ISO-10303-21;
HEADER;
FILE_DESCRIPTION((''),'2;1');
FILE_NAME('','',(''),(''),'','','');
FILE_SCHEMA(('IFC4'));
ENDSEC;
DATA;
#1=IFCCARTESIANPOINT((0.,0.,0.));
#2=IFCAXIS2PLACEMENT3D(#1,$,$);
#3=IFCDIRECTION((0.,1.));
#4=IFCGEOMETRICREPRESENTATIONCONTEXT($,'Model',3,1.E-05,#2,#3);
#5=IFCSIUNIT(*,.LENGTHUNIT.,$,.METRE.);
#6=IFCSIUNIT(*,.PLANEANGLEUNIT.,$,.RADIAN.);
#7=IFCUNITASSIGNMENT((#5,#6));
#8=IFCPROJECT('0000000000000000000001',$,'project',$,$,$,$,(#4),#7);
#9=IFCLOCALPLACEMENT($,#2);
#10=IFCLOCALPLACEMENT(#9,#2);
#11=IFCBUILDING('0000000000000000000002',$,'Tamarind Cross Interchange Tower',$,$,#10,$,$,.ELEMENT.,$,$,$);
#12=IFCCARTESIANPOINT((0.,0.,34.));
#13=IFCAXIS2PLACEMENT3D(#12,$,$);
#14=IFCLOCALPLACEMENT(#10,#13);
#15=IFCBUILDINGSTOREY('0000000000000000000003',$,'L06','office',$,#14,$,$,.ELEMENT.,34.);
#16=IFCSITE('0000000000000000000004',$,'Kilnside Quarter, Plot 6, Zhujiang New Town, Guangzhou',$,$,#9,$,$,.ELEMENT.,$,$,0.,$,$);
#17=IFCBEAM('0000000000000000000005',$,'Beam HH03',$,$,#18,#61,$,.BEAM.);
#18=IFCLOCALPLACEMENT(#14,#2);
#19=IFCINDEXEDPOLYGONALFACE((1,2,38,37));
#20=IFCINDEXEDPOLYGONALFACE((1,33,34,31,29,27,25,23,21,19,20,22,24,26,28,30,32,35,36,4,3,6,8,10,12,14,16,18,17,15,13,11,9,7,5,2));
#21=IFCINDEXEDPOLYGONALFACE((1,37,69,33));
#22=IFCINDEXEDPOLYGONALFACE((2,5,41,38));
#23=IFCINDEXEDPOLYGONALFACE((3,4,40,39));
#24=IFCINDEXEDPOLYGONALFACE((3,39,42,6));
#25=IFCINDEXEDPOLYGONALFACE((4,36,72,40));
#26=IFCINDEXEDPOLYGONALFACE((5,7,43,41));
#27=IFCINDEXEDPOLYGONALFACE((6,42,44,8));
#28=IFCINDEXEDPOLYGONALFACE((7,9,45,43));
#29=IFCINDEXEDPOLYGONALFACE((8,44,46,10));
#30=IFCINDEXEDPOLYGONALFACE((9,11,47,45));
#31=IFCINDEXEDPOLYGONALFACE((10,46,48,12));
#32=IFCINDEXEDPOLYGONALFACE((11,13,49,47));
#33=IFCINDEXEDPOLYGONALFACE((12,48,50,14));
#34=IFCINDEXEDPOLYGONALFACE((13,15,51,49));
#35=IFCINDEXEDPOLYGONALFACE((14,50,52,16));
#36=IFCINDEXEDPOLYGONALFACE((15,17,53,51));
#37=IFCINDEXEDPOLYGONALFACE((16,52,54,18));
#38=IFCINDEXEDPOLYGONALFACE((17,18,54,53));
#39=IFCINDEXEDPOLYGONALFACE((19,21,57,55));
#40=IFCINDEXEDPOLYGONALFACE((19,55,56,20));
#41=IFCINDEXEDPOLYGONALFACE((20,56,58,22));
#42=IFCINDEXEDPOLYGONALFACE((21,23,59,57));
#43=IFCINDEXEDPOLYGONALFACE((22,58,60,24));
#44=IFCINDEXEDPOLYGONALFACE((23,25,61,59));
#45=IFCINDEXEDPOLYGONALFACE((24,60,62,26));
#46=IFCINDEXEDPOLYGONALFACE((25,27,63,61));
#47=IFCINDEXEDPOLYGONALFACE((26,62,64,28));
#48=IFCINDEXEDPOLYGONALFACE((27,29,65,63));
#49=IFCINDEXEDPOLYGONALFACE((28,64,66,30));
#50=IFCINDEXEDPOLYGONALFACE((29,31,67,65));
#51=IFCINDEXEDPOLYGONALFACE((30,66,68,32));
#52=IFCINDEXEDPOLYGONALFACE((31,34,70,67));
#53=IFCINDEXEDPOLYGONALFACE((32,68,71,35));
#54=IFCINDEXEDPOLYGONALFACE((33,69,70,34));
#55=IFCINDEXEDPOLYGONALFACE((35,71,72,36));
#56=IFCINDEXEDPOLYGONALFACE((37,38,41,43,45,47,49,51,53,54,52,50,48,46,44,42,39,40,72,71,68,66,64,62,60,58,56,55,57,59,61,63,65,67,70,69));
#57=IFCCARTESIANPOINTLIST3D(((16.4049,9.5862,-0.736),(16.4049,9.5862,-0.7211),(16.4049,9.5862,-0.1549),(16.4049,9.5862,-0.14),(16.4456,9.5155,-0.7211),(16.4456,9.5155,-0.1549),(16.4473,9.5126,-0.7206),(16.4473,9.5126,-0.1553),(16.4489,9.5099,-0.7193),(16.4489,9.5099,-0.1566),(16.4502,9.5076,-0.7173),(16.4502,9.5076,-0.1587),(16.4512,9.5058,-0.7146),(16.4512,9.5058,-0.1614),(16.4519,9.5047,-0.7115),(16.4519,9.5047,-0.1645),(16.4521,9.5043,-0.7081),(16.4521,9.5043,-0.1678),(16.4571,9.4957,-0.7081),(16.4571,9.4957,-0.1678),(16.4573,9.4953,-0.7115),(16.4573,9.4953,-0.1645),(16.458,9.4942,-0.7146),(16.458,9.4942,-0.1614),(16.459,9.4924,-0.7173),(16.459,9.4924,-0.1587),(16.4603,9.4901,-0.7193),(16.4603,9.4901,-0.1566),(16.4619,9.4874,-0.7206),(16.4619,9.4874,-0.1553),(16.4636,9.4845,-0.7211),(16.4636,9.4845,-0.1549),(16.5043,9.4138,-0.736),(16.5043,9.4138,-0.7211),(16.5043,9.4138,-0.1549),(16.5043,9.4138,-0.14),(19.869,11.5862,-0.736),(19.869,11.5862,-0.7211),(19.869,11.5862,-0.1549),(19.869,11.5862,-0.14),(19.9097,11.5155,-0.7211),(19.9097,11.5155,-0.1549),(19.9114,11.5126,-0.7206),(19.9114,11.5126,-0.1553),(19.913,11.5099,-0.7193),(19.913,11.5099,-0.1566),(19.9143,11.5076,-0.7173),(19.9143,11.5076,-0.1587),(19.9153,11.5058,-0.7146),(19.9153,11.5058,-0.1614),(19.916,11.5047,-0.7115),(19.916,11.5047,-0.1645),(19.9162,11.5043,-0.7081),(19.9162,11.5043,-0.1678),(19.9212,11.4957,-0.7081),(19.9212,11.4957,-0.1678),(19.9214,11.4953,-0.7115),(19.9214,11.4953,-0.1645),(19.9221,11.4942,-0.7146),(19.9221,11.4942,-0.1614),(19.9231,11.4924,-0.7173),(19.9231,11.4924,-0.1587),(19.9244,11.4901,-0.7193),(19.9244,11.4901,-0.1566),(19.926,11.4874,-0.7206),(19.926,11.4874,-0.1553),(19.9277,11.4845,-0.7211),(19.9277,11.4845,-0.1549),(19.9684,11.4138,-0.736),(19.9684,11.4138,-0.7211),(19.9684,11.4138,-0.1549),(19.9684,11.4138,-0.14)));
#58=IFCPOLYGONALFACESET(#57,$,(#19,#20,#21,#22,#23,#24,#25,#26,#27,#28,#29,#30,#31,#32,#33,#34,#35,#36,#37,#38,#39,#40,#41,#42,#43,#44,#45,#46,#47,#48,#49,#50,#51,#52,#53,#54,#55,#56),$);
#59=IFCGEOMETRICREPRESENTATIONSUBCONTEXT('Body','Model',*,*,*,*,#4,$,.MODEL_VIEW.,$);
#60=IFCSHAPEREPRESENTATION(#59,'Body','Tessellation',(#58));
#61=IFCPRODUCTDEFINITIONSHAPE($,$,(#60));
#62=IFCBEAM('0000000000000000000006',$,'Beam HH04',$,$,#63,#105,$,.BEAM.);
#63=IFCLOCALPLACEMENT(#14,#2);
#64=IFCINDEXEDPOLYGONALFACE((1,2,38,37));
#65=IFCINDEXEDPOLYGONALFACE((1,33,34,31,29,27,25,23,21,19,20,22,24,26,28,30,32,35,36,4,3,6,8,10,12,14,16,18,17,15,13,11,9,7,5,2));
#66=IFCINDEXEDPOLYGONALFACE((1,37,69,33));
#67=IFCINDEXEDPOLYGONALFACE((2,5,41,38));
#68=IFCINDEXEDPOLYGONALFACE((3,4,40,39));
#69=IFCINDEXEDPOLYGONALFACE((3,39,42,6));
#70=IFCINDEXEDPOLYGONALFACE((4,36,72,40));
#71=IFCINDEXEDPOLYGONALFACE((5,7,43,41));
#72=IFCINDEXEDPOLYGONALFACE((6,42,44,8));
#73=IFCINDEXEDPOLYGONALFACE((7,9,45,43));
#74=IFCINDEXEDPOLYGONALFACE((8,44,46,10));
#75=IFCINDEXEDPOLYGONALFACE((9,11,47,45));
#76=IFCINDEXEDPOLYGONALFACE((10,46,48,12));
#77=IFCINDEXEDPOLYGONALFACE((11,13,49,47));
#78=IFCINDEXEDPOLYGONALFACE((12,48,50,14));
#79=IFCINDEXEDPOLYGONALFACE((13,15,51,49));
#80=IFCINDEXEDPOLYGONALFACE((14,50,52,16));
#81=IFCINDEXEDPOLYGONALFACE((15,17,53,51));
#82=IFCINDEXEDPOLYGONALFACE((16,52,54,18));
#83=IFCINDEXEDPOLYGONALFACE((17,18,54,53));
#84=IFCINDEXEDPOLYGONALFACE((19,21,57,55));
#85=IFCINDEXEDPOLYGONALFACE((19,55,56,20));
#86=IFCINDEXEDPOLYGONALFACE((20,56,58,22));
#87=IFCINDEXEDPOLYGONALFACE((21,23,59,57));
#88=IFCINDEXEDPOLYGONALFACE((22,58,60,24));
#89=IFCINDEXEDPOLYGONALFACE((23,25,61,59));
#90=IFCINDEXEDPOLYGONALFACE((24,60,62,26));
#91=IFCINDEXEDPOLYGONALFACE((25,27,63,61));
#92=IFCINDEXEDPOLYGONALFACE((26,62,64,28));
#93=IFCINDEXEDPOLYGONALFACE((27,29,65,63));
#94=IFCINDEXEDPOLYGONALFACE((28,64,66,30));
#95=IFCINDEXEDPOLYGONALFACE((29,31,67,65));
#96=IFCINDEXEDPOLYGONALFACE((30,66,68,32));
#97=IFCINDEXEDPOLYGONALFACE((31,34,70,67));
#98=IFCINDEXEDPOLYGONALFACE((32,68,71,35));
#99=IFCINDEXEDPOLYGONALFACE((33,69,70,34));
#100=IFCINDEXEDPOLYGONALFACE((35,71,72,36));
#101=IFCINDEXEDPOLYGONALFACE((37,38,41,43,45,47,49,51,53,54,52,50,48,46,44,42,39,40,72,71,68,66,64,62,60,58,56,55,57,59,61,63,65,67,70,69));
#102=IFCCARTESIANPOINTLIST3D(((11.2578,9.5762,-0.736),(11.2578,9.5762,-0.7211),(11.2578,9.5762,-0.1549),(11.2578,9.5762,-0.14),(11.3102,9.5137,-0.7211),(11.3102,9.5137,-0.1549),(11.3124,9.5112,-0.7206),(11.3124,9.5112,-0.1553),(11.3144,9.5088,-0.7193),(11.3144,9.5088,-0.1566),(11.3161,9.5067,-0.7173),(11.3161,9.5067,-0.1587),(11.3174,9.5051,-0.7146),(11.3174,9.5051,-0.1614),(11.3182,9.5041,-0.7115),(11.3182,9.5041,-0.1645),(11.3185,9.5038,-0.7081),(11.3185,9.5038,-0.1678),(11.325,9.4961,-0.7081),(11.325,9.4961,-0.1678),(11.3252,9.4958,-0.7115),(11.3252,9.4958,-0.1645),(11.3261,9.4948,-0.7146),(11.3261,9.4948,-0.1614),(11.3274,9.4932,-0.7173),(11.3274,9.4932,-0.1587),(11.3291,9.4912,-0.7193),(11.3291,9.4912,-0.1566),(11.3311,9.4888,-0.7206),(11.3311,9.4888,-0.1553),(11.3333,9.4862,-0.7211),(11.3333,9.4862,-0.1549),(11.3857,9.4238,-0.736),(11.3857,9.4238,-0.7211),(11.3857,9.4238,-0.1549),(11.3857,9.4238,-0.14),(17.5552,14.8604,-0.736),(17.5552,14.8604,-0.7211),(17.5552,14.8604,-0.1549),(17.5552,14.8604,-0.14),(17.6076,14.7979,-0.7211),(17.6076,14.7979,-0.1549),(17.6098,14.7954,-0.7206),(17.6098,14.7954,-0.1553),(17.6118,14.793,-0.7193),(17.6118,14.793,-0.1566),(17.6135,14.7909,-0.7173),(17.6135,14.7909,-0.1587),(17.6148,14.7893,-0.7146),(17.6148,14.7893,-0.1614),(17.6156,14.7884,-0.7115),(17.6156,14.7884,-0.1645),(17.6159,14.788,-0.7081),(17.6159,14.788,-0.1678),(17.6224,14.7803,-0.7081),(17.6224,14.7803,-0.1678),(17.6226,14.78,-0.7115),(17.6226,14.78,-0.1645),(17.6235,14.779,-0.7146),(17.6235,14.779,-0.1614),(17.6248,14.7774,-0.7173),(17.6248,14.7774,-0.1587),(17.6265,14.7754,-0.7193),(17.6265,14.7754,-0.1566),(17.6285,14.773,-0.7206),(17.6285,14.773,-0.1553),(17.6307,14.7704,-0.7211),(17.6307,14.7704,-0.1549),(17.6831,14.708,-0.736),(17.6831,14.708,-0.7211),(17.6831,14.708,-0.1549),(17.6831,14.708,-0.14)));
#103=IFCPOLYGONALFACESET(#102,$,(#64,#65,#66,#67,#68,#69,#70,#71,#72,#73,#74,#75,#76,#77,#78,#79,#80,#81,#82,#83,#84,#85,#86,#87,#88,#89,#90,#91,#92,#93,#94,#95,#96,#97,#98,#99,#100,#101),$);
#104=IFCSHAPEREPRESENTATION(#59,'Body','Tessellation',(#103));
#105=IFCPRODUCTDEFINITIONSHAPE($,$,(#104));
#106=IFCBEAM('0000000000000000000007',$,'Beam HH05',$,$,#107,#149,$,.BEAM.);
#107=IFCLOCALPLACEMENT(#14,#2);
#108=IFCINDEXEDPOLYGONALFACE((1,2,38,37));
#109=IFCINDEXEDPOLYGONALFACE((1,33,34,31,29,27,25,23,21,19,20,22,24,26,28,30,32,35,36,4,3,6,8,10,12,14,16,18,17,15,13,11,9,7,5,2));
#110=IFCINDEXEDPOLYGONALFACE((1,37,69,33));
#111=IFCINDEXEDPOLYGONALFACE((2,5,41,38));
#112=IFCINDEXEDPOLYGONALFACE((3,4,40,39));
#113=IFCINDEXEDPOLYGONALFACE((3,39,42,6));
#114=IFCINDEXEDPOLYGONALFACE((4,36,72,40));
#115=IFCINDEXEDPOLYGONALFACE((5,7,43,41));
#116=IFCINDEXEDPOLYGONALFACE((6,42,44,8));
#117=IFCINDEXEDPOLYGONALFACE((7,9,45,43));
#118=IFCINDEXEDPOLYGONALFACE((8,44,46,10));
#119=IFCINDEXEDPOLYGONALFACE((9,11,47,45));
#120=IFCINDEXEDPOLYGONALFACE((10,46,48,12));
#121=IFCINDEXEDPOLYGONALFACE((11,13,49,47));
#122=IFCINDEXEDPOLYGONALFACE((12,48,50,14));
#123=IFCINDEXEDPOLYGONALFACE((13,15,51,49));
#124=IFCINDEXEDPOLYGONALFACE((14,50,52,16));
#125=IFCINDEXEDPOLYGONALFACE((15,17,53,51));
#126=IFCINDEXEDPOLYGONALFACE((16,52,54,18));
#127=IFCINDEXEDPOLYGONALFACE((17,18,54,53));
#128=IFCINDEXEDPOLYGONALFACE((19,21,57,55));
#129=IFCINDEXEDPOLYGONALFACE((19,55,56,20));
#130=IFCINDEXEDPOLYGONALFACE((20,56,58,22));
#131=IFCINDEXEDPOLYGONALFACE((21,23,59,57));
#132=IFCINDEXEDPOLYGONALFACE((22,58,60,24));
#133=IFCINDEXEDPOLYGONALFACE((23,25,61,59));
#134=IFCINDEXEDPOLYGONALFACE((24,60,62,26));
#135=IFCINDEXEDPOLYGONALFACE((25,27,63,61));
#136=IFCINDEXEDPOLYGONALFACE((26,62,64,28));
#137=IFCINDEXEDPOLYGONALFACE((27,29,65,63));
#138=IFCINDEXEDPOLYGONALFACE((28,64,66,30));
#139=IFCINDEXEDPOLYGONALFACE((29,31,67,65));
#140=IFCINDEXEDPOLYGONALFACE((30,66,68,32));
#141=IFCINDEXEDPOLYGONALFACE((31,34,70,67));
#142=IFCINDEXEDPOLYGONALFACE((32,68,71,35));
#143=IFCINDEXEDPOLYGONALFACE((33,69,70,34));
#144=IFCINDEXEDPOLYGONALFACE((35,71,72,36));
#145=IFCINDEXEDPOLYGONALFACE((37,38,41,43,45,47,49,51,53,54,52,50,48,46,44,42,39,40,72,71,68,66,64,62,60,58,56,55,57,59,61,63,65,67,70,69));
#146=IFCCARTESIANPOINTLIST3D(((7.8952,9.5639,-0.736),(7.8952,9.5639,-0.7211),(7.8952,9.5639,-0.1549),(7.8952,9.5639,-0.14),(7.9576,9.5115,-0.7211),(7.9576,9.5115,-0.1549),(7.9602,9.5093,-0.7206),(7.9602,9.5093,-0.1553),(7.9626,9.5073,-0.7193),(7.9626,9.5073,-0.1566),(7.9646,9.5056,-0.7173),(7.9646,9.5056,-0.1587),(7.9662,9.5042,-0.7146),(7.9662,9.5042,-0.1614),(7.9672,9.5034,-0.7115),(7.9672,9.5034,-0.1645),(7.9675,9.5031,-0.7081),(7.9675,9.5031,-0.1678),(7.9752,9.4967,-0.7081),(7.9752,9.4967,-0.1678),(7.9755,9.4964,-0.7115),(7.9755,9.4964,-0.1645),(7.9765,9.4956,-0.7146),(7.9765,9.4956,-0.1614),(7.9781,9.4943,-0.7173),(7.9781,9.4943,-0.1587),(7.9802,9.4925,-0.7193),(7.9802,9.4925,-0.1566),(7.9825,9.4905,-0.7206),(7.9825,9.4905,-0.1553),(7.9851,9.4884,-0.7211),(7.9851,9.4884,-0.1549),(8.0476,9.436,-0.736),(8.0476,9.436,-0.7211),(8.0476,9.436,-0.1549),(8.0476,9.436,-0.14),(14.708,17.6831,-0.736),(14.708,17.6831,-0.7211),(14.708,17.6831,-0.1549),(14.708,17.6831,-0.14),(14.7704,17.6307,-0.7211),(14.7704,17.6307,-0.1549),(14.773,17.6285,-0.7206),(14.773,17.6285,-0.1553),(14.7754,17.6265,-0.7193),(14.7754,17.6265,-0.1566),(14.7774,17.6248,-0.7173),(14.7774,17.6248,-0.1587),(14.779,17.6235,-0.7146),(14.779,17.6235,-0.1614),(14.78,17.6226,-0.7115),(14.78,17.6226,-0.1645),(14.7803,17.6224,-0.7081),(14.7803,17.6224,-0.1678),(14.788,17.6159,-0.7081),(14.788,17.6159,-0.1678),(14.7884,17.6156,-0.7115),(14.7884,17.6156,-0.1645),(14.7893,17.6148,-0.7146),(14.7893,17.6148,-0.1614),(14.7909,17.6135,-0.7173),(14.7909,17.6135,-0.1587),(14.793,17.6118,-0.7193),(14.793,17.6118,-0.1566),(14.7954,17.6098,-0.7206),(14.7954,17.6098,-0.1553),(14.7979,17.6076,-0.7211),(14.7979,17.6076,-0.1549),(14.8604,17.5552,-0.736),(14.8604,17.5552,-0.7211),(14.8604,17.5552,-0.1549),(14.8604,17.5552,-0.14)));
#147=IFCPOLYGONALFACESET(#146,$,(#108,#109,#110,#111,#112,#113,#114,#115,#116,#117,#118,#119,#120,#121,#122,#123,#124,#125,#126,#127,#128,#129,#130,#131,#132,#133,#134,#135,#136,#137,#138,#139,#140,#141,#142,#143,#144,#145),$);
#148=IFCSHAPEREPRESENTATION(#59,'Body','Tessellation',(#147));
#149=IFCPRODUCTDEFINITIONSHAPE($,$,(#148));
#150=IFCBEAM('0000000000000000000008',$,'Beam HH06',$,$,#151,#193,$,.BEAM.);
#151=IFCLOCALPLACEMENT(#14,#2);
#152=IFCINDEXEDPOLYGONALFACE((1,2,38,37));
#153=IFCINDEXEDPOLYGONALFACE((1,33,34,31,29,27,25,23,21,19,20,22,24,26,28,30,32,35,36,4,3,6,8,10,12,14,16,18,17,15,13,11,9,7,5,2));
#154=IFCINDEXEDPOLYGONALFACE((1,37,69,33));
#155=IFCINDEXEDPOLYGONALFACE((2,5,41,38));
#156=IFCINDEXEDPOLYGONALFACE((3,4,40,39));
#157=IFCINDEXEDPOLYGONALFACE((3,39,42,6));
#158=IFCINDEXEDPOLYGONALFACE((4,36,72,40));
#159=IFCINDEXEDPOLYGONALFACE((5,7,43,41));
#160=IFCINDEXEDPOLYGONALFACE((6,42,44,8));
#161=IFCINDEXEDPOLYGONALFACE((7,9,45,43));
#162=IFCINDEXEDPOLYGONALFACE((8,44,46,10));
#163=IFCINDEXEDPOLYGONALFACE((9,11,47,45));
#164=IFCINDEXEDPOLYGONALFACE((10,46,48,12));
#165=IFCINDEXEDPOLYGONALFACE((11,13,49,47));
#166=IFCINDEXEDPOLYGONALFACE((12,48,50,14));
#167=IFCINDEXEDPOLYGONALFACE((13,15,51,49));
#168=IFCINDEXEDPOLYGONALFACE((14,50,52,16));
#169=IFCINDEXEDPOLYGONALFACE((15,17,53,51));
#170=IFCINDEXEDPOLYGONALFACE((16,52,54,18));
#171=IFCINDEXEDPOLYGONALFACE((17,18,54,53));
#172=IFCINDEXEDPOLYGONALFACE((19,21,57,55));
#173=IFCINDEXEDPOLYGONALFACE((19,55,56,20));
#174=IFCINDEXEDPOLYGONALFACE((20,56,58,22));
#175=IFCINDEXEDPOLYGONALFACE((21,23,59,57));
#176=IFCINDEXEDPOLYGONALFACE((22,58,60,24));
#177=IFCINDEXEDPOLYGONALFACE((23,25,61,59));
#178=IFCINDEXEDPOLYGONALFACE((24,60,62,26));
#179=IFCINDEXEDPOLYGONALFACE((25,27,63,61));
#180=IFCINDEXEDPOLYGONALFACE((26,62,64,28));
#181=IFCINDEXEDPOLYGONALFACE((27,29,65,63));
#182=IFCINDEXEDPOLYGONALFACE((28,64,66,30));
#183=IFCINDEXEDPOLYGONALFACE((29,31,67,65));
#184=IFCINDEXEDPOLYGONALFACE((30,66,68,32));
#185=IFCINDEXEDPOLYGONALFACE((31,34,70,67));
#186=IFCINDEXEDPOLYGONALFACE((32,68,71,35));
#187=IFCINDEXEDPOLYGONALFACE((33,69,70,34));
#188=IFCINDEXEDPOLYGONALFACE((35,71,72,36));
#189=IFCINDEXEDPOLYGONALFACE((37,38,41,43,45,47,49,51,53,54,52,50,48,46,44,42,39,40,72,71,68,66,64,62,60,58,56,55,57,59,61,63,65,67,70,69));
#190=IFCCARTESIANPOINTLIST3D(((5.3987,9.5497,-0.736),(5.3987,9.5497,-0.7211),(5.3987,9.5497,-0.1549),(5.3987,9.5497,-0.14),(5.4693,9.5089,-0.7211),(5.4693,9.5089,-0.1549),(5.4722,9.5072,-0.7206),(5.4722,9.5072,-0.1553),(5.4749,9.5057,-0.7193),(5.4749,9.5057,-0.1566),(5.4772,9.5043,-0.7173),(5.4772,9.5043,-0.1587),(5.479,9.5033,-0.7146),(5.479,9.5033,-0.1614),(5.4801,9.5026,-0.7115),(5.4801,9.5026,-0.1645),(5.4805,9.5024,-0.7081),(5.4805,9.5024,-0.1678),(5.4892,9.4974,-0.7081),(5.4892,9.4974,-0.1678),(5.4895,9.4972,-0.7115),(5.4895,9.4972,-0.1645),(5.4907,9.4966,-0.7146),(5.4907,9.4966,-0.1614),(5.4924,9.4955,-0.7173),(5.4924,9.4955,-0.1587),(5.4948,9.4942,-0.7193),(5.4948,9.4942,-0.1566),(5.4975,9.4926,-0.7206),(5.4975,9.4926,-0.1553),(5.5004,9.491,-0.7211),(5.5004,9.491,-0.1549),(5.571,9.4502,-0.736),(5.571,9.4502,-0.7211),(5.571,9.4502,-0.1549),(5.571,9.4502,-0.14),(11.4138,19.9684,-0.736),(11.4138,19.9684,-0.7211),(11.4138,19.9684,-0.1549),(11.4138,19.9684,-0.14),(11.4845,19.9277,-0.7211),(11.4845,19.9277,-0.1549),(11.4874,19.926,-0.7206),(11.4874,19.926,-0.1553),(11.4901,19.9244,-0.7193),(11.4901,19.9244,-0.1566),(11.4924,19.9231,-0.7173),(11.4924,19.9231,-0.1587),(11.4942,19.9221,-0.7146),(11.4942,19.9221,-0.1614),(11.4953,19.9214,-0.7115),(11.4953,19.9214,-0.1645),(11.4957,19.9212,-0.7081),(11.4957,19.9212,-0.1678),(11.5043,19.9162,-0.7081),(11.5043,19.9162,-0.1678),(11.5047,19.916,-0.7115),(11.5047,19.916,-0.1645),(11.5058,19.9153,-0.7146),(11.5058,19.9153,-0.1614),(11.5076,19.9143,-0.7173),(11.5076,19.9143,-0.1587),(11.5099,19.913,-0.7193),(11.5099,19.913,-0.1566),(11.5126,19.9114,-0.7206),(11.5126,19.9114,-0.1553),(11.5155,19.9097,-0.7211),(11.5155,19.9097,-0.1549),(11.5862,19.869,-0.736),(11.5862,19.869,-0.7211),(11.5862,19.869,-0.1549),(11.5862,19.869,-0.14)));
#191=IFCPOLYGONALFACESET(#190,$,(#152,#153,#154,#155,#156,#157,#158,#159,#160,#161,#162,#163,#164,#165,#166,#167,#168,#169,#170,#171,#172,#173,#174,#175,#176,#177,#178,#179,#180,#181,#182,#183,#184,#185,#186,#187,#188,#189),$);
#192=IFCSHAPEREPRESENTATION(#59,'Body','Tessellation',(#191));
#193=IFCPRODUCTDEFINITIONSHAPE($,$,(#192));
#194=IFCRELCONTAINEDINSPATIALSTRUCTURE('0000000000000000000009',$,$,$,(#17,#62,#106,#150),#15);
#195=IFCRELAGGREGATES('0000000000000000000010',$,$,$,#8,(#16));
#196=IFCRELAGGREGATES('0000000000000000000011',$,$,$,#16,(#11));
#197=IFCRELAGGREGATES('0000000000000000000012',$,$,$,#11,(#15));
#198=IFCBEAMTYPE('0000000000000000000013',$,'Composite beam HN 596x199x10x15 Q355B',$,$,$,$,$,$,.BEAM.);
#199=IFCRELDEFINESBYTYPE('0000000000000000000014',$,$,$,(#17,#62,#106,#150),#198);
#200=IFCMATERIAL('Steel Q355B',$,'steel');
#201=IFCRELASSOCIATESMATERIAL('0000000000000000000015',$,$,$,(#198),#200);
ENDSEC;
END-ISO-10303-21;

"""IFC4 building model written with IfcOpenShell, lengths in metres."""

from ifc_helpers import new_model, si_unit, direction, frame, origin, origin_2d, place, context, subcontext, project, spatial, i_section, extrude, material, material_profile, profile_set, type_object, element, save


model = new_model("IFC4")

# Units and contexts
model_context = context("Model", 3, precision=1e-05, world=origin(), true_north=direction((0.0, 1.0)))
body_context = subcontext(model_context, "Body", "Model", "MODEL_VIEW")
ifc_project = project(units=[si_unit("LENGTHUNIT", "METRE"), si_unit("PLANEANGLEUNIT", "RADIAN")], contexts=[model_context])

# Site, building, storey
site_placement = place(None, origin())
site = spatial("IfcSite", under=ifc_project, at=site_placement, Name="Kilnside Quarter, Plot 6, Zhujiang New Town, Guangzhou", CompositionType="ELEMENT", RefElevation=0.0)
building_placement = place(site_placement, origin())
building = spatial("IfcBuilding", under=site, at=building_placement, Name="Tamarind Cross Interchange Tower", CompositionType="ELEMENT")
storey_placement = place(building_placement, frame((0.0, 0.0, 34.0)))
storey = spatial("IfcBuildingStorey", under=building, at=storey_placement, Name="L06", Description="office", CompositionType="ELEMENT", Elevation=34.0)

# Beams
ifc_material_1 = material(Name="Steel Q355B", Category="steel")
ifc_material_profile_1 = material_profile(ifc_material_1, i_section(OverallWidth=0.199, OverallDepth=0.5959, WebThickness=0.01, FlangeThickness=0.0149, FilletRadius=0.0129, at=origin_2d()), Name="HN 596x199x10x15")
ifc_profile_set_1 = profile_set([ifc_material_profile_1], Name="Steel Q355B")
beam_type = type_object("IfcBeamType", Name="Composite beam HN 596x199x10x15 Q355B", PredefinedType="BEAM", material=ifc_profile_set_1)
beam_1_placement = place(storey_placement, frame((19.9187, 11.5, -0.438), z_axis=(-0.866026, -0.499999, 0.0), x_axis=(0.499999, -0.866026, 0.0)))
element("IfcBeam", 1, at=beam_1_placement, inside=storey, type_object=beam_type, Name="Beam HH03", PredefinedType="BEAM", context=body_context, shape_type="SweptSolid", body=[
    extrude(i_section(OverallWidth=0.199, OverallDepth=0.5959, WebThickness=0.01, FlangeThickness=0.0149, FilletRadius=0.0129, at=origin_2d()), origin(), (0.0, 0.0, 1.0), 4.0),
])
beam_2_placement = place(storey_placement, frame((17.6191, 14.7842, -0.438), z_axis=(-0.766041, -0.642792, 0.0), x_axis=(0.642792, -0.766041, 0.0)))
element("IfcBeam", 2, at=beam_2_placement, inside=storey, type_object=beam_type, Name="Beam HH04", PredefinedType="BEAM", context=body_context, shape_type="SweptSolid", body=[
    extrude(i_section(OverallWidth=0.199, OverallDepth=0.5959, WebThickness=0.01, FlangeThickness=0.0149, FilletRadius=0.0129, at=origin_2d()), origin(), (0.0, 0.0, 1.0), 8.2207),
])
beam_3_placement = place(storey_placement, frame((14.7842, 17.6191, -0.438), z_axis=(-0.642786, -0.766046, 0.0), x_axis=(0.766046, -0.642786, 0.0)))
element("IfcBeam", 3, at=beam_3_placement, inside=storey, type_object=beam_type, Name="Beam HH05", PredefinedType="BEAM", context=body_context, shape_type="SweptSolid", body=[
    extrude(i_section(OverallWidth=0.199, OverallDepth=0.5959, WebThickness=0.01, FlangeThickness=0.0149, FilletRadius=0.0129, at=origin_2d()), origin(), (0.0, 0.0, 1.0), 10.5989),
])
beam_4_placement = place(storey_placement, frame((11.5, 19.9187, -0.438), z_axis=(-0.499994, -0.866029, 0.0), x_axis=(0.866029, -0.499994, 0.0)))
element("IfcBeam", 4, at=beam_4_placement, inside=storey, type_object=beam_type, Name="Beam HH06", PredefinedType="BEAM", context=body_context, shape_type="SweptSolid", body=[
    extrude(i_section(OverallWidth=0.199, OverallDepth=0.5959, WebThickness=0.01, FlangeThickness=0.0149, FilletRadius=0.0129, at=origin_2d()), origin(), (0.0, 0.0, 1.0), 12.0305),
])

save(model, "model.ifc")
